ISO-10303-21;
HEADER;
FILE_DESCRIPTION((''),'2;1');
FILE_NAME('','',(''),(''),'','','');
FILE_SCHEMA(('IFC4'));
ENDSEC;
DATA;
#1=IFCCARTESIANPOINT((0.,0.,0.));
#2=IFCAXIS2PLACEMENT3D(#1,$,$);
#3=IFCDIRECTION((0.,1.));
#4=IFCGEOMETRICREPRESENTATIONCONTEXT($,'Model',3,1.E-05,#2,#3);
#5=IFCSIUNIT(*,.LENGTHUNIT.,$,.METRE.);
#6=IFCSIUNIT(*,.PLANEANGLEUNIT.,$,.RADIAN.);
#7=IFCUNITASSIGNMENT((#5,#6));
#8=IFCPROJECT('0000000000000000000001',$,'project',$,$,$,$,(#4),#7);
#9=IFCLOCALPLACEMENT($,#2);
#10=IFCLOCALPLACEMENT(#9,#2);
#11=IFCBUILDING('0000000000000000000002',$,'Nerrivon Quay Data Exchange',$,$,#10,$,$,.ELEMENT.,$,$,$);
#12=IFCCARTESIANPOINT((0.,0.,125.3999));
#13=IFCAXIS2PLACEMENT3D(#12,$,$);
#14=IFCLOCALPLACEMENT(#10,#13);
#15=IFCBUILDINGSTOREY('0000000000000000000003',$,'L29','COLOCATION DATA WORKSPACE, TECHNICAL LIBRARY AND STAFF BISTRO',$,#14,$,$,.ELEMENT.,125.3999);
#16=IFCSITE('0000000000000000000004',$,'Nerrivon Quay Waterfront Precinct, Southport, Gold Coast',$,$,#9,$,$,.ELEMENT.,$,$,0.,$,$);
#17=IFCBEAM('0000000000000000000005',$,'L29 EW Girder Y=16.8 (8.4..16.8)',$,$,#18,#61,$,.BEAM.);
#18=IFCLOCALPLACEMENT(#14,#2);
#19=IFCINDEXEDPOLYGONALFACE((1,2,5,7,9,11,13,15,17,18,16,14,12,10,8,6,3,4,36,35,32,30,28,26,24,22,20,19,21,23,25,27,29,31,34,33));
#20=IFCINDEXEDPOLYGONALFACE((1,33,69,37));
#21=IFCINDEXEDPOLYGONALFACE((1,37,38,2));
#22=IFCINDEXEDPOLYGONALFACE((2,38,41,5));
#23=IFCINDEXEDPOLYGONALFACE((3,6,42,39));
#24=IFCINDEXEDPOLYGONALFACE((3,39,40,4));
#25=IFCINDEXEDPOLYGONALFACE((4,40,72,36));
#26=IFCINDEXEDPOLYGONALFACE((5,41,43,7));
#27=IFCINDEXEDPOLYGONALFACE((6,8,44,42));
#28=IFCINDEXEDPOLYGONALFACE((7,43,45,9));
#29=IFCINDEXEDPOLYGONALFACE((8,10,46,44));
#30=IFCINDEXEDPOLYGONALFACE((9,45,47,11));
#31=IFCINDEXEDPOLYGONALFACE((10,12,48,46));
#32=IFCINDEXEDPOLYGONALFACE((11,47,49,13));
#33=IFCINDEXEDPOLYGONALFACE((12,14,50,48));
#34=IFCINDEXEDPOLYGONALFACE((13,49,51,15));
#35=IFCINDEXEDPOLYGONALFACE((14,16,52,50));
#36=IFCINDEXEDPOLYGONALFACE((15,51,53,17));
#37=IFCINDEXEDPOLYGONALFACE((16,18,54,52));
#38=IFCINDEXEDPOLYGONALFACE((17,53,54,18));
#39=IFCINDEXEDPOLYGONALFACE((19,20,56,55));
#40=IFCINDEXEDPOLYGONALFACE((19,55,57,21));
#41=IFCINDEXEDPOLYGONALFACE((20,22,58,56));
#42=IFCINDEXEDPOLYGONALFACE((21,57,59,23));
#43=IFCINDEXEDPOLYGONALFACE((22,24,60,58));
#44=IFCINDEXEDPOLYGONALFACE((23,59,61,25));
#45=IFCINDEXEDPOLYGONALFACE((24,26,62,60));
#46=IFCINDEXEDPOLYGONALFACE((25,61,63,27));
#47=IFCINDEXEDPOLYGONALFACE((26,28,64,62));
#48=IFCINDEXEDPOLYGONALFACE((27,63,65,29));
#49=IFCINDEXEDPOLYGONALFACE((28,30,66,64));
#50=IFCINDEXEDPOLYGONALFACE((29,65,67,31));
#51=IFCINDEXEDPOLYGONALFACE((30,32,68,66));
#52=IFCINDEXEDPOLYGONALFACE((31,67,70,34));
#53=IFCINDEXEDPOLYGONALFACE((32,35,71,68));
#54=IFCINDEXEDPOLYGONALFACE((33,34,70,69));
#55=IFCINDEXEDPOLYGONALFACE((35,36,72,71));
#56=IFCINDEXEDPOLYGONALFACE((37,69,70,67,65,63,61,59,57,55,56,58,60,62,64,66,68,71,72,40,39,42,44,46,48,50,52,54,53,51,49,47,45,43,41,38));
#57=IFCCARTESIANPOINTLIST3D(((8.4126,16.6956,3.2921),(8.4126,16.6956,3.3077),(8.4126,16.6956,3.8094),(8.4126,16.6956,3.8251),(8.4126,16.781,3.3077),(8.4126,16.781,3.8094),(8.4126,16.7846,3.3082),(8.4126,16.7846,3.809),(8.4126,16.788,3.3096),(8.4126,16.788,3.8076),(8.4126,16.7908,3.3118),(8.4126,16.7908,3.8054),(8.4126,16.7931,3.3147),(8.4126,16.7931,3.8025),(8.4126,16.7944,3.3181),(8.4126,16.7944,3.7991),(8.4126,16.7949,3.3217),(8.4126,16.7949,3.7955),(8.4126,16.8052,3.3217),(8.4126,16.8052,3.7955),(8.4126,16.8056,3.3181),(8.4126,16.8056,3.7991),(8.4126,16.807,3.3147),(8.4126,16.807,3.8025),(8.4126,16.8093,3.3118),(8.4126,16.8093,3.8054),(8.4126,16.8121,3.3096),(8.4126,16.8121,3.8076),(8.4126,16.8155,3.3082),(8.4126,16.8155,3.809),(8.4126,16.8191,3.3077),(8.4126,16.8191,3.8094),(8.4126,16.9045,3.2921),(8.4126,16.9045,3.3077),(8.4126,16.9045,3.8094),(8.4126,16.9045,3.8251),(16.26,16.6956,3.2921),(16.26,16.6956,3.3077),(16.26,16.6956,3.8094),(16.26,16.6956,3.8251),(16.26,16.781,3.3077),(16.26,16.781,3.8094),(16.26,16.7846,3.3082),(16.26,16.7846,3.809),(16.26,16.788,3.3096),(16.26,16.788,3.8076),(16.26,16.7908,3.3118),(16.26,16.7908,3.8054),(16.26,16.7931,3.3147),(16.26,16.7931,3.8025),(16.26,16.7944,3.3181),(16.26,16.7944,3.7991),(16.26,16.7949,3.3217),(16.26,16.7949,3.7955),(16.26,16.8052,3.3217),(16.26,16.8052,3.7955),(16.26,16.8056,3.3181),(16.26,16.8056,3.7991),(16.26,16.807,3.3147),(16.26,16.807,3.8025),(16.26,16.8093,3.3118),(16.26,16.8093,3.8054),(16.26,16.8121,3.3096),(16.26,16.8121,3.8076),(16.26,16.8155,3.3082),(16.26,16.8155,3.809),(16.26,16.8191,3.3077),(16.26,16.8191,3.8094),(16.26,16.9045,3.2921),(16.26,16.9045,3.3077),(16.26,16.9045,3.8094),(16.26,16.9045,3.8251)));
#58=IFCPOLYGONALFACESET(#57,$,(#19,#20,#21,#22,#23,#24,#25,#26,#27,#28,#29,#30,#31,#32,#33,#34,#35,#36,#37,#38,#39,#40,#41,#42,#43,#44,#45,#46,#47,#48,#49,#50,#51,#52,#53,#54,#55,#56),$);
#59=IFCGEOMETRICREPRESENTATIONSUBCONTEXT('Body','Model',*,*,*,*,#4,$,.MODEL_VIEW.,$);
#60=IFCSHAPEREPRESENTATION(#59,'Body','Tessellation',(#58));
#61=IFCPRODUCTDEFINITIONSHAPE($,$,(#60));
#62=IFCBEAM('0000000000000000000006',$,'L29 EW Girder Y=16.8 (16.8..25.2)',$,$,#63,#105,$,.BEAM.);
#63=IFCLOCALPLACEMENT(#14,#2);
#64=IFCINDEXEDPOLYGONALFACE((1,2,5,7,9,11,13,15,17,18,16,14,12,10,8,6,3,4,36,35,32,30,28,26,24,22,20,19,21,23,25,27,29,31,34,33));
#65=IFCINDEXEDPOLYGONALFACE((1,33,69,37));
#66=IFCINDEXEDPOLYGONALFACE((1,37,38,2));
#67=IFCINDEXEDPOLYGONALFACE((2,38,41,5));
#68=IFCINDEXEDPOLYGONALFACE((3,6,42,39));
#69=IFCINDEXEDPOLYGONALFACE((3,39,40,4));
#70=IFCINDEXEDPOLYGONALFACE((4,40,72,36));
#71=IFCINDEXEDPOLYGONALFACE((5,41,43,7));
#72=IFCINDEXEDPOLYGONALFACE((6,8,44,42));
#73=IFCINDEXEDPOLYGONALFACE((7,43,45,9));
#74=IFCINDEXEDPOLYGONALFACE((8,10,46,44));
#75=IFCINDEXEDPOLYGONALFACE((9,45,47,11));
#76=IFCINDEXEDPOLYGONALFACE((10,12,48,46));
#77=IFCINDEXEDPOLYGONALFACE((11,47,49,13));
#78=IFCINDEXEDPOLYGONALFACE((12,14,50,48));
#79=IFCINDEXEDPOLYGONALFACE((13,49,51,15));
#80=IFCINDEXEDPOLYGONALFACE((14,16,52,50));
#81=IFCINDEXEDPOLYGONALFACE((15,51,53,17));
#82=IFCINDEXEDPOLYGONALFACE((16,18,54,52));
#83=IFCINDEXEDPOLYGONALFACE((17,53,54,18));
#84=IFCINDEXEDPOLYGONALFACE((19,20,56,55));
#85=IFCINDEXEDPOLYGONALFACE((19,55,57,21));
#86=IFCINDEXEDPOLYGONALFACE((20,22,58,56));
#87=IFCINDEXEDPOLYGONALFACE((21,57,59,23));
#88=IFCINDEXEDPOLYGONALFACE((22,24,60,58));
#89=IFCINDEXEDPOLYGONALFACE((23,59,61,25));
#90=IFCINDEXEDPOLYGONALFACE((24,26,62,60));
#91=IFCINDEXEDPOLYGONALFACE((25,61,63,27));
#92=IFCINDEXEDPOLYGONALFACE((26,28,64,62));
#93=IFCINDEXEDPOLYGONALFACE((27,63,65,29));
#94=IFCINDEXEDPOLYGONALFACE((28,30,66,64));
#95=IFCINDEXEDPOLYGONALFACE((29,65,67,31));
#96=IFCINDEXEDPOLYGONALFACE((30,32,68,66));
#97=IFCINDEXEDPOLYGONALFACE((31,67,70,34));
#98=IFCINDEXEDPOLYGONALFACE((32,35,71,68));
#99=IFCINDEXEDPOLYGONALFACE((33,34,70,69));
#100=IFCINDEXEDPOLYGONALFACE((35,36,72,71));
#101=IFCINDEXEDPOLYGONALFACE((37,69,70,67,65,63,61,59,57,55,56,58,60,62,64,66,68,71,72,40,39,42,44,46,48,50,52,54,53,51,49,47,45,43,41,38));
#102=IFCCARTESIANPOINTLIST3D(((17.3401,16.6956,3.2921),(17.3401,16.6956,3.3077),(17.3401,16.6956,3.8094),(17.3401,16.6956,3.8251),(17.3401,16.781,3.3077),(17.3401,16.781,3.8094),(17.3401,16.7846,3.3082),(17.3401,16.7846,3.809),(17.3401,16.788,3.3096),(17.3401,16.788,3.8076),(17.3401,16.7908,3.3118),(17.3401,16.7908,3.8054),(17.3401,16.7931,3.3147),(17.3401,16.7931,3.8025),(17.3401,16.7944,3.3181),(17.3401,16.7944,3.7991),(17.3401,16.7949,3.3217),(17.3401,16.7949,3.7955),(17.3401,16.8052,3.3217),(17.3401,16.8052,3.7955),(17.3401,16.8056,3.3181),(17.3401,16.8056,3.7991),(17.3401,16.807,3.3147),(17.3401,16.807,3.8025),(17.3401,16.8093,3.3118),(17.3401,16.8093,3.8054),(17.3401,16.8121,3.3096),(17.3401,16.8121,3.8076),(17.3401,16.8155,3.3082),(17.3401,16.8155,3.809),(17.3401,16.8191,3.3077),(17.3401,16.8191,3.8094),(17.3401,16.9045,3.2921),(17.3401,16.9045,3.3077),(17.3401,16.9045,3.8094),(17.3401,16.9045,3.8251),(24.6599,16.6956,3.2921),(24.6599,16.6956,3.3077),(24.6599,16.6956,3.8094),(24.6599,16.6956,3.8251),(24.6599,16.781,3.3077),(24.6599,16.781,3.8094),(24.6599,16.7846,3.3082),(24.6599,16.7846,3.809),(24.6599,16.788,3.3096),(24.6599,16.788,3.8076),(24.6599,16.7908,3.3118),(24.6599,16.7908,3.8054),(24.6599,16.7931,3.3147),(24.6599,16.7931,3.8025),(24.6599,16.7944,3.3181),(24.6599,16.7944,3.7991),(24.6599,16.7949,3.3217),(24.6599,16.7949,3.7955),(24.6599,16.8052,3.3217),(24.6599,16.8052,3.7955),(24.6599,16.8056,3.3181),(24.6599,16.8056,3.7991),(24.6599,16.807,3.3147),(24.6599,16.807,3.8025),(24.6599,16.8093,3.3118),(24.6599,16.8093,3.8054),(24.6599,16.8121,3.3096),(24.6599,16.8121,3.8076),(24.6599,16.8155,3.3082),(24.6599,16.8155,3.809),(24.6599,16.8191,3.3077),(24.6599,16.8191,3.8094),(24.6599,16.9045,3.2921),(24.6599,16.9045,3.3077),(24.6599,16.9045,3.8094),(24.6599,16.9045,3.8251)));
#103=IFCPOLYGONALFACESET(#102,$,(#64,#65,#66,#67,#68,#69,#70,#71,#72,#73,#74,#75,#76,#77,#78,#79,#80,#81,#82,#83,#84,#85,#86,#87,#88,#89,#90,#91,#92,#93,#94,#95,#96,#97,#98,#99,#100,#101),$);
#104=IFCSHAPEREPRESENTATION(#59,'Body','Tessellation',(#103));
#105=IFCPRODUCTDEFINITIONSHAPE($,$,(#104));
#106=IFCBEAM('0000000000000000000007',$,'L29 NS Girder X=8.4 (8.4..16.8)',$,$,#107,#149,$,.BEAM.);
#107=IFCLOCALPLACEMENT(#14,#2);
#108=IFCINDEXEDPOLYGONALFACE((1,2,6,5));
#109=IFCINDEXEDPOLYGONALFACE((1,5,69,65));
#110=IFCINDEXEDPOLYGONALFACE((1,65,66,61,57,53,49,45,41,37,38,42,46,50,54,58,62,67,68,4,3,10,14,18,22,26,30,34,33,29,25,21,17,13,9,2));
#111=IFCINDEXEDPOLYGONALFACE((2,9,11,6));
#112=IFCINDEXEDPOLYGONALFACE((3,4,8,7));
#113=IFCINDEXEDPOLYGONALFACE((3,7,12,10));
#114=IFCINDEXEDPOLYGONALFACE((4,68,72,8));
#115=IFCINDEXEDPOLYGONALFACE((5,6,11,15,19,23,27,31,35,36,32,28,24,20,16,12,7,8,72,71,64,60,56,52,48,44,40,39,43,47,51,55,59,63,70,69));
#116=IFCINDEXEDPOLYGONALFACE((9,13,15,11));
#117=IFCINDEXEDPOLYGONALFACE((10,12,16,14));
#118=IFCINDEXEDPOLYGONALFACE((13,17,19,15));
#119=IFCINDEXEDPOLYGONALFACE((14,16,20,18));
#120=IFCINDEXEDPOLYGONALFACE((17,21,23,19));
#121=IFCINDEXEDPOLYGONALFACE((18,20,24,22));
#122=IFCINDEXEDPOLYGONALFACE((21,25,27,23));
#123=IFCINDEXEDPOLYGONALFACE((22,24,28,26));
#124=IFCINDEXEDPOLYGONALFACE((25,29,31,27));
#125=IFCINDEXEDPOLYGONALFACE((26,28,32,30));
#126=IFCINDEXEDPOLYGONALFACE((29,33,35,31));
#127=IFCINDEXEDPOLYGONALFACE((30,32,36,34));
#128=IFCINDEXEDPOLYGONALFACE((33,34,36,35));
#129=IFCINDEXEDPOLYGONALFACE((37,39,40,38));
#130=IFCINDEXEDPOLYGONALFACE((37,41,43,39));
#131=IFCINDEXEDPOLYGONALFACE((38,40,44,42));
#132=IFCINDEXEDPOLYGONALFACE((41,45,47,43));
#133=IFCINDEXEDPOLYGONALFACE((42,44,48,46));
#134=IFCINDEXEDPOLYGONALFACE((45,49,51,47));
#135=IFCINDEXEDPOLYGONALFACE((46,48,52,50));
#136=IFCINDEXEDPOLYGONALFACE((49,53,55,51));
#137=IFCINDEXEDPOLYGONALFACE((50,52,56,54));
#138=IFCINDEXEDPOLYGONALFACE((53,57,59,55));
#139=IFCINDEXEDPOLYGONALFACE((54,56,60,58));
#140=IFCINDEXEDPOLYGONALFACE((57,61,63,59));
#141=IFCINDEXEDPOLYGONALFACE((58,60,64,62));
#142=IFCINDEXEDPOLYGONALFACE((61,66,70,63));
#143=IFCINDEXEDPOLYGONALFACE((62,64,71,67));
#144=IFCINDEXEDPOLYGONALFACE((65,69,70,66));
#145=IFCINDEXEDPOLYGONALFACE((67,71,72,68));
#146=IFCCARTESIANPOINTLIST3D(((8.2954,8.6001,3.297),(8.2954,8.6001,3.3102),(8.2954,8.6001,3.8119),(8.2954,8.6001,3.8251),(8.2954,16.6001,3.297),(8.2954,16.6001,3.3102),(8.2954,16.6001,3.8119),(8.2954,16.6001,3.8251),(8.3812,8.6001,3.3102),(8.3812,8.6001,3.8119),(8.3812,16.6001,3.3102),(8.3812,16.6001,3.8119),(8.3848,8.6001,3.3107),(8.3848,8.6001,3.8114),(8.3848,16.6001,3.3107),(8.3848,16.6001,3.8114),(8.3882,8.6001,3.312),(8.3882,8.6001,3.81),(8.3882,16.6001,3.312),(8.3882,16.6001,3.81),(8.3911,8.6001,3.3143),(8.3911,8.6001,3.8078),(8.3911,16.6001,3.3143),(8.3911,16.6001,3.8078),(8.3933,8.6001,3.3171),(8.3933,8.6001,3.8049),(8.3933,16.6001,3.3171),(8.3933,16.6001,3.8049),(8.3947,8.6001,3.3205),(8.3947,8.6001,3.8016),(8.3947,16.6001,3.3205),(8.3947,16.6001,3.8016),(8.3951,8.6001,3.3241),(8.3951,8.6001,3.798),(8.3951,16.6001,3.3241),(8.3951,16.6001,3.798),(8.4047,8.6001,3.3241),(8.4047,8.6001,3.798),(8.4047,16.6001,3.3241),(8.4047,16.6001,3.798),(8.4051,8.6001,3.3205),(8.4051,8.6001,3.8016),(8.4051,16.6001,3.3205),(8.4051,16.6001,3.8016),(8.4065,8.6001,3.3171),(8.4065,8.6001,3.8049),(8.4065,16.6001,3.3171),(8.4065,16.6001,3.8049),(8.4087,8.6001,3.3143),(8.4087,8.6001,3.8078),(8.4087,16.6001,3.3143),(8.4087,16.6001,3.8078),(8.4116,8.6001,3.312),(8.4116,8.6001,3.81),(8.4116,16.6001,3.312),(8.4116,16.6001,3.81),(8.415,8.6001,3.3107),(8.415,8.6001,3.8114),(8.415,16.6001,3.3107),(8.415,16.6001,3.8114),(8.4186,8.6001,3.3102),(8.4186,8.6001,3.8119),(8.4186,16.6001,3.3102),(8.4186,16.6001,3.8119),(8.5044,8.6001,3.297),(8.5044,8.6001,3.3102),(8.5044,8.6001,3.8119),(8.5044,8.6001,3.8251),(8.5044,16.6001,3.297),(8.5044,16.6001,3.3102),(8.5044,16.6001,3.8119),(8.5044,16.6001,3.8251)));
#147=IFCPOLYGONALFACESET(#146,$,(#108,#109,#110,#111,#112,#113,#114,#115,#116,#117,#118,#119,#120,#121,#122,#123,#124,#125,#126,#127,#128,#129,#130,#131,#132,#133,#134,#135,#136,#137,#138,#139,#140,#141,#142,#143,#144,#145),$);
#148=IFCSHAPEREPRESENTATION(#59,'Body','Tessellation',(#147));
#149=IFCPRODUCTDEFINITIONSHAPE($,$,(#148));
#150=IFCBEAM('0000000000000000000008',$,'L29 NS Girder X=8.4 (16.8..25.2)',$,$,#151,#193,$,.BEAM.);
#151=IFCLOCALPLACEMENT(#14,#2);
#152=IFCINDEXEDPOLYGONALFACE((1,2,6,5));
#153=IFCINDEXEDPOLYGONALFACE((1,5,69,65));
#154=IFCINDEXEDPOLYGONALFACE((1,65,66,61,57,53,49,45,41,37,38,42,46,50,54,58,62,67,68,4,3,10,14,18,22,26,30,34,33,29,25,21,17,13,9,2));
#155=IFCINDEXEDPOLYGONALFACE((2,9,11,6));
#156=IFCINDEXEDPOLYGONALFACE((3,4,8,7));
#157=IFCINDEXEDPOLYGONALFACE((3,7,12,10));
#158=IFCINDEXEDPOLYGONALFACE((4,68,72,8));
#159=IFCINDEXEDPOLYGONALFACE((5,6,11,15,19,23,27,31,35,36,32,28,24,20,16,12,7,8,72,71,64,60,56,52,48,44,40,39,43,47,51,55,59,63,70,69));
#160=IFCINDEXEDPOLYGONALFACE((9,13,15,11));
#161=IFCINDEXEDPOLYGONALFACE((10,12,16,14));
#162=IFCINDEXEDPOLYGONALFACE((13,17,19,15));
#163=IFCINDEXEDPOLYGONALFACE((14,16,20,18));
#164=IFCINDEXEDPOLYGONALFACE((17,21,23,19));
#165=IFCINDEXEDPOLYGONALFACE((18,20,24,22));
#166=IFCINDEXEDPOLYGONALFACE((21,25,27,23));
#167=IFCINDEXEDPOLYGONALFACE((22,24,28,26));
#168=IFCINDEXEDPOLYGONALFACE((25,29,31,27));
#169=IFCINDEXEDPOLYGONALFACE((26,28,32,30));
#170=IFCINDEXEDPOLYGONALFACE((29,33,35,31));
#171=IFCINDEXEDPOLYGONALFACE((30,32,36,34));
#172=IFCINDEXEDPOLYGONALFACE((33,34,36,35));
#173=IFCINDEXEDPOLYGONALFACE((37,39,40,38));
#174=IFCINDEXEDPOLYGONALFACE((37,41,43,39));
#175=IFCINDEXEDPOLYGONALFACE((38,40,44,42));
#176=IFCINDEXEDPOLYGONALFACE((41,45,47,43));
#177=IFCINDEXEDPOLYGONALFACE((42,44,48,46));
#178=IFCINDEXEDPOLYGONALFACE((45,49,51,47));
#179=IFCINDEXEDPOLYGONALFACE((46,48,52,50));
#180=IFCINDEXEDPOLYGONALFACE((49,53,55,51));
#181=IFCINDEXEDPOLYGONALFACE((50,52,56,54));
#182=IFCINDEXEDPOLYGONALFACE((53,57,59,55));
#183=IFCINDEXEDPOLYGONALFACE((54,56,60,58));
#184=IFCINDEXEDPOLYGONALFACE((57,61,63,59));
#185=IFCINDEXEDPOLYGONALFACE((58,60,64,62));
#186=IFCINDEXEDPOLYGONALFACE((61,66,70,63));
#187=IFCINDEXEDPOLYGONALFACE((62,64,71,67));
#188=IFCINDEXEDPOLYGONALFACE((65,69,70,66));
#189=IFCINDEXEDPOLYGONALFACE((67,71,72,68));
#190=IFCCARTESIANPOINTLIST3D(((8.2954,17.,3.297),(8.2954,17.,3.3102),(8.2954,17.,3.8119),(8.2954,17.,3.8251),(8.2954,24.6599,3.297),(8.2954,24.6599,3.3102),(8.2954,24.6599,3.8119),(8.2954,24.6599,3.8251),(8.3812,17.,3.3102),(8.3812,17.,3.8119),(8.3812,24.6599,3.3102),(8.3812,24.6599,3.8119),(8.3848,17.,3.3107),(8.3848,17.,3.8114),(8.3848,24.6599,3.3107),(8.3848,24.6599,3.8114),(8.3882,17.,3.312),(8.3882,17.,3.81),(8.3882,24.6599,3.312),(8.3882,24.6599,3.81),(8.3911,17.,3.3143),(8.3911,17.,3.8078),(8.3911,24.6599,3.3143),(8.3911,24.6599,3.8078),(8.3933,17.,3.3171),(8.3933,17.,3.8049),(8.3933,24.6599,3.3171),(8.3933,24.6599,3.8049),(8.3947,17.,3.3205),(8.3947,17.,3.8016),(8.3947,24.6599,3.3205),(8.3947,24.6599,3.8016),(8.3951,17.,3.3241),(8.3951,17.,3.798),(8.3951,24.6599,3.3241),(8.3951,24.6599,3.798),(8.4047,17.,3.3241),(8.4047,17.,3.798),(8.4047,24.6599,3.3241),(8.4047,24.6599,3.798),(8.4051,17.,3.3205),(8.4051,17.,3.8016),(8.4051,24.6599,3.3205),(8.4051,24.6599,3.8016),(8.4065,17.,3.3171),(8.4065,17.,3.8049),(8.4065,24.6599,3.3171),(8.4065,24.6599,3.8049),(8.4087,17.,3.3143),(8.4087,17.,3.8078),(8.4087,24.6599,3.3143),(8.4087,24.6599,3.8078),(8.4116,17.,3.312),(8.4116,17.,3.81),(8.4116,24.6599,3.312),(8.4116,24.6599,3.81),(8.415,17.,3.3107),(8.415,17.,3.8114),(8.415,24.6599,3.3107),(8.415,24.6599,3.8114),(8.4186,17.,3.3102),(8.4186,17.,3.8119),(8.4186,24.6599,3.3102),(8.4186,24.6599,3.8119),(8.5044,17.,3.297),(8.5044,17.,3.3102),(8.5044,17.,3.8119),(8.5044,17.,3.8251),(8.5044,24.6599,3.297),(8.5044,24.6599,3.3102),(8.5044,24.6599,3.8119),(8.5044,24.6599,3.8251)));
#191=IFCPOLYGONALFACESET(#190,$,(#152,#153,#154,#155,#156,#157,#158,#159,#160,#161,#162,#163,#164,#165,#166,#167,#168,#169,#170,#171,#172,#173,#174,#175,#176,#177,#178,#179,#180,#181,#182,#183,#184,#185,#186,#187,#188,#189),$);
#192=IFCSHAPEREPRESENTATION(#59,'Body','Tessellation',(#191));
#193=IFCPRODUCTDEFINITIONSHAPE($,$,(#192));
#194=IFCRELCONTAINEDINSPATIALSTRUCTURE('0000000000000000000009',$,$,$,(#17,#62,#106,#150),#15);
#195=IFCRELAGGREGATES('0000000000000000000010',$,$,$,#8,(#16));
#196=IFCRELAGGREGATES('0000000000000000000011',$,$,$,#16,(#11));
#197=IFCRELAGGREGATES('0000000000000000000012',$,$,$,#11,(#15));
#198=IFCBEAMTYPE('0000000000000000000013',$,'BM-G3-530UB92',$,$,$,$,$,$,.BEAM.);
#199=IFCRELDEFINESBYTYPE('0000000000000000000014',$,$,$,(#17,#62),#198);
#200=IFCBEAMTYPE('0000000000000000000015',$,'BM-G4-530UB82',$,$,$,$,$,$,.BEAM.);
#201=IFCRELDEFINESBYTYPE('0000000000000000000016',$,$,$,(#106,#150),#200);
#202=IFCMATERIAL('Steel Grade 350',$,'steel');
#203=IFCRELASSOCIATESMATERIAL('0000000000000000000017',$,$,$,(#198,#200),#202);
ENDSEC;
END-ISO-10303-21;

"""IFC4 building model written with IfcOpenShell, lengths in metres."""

from ifc_helpers import new_model, si_unit, direction, frame, origin, origin_2d, place, context, subcontext, project, spatial, i_section, extrude, material, material_profile, profile_set, type_object, element, save


model = new_model("IFC4")

# Units and contexts
model_context = context("Model", 3, precision=1e-05, world=origin(), true_north=direction((0.0, 1.0)))
body_context = subcontext(model_context, "Body", "Model", "MODEL_VIEW")
ifc_project = project(units=[si_unit("LENGTHUNIT", "METRE"), si_unit("PLANEANGLEUNIT", "RADIAN")], contexts=[model_context])

# Site, building, storey
site_placement = place(None, origin())
site = spatial("IfcSite", under=ifc_project, at=site_placement, Name="Nerrivon Quay Waterfront Precinct, Southport, Gold Coast", CompositionType="ELEMENT", RefElevation=0.0)
building_placement = place(site_placement, origin())
building = spatial("IfcBuilding", under=site, at=building_placement, Name="Nerrivon Quay Data Exchange", CompositionType="ELEMENT")
storey_placement = place(building_placement, frame((0.0, 0.0, 125.3999)))
storey = spatial("IfcBuildingStorey", under=building, at=storey_placement, Name="L29", Description="COLOCATION DATA WORKSPACE, TECHNICAL LIBRARY AND STAFF BISTRO", CompositionType="ELEMENT", Elevation=125.3999)

# Shared definitions
ifc_material_1 = material(Name="Steel Grade 350", Category="steel")

# Beams
ifc_material_profile_1 = material_profile(ifc_material_1, i_section(OverallWidth=0.209, OverallDepth=0.533, WebThickness=0.0103, FlangeThickness=0.0156, FilletRadius=0.0139, at=origin_2d()), Name="530UB92.4")
ifc_profile_set_1 = profile_set([ifc_material_profile_1], Name="Steel Grade 350")
beam_type_1 = type_object("IfcBeamType", Name="BM-G3-530UB92", PredefinedType="BEAM", material=ifc_profile_set_1)
beam_1_placement = place(storey_placement, frame((8.4126, 16.8, 3.5586), z_axis=(1.0, 0.0, 0.0), x_axis=(0.0, 1.0, 0.0)))
element("IfcBeam", 1, at=beam_1_placement, inside=storey, type_object=beam_type_1, Name="L29 EW Girder Y=16.8 (8.4..16.8)", PredefinedType="BEAM", context=body_context, shape_type="SweptSolid", body=[
    extrude(i_section(OverallWidth=0.209, OverallDepth=0.533, WebThickness=0.0103, FlangeThickness=0.0156, FilletRadius=0.0139, at=origin_2d()), origin(), (0.0, 0.0, 1.0), 7.8474),
])
beam_2_placement = place(storey_placement, frame((17.3401, 16.8, 3.5586), z_axis=(1.0, 0.0, 0.0), x_axis=(0.0, 1.0, 0.0)))
element("IfcBeam", 2, at=beam_2_placement, inside=storey, type_object=beam_type_1, Name="L29 EW Girder Y=16.8 (16.8..25.2)", PredefinedType="BEAM", context=body_context, shape_type="SweptSolid", body=[
    extrude(i_section(OverallWidth=0.209, OverallDepth=0.533, WebThickness=0.0103, FlangeThickness=0.0156, FilletRadius=0.0139, at=origin_2d()), origin(), (0.0, 0.0, 1.0), 7.3198),
])
ifc_material_profile_2 = material_profile(ifc_material_1, i_section(OverallWidth=0.209, OverallDepth=0.5281, WebThickness=0.0095, FlangeThickness=0.0132, FilletRadius=0.0139, at=origin_2d()), Name="530UB82.0")
ifc_profile_set_2 = profile_set([ifc_material_profile_2], Name="Steel Grade 350")
beam_type_2 = type_object("IfcBeamType", Name="BM-G4-530UB82", PredefinedType="BEAM", material=ifc_profile_set_2)
beam_3_placement = place(storey_placement, frame((8.3999, 8.6001, 3.561), z_axis=(0.0, 1.0, 0.0), x_axis=(-1.0, 0.0, 0.0)))
element("IfcBeam", 3, at=beam_3_placement, inside=storey, type_object=beam_type_2, Name="L29 NS Girder X=8.4 (8.4..16.8)", PredefinedType="BEAM", context=body_context, shape_type="SweptSolid", body=[
    extrude(i_section(OverallWidth=0.209, OverallDepth=0.5281, WebThickness=0.0095, FlangeThickness=0.0132, FilletRadius=0.0139, at=origin_2d()), origin(), (0.0, 0.0, 1.0), 8.0),
])
beam_4_placement = place(storey_placement, frame((8.3999, 17.0, 3.561), z_axis=(0.0, 1.0, 0.0), x_axis=(-1.0, 0.0, 0.0)))
element("IfcBeam", 4, at=beam_4_placement, inside=storey, type_object=beam_type_2, Name="L29 NS Girder X=8.4 (16.8..25.2)", PredefinedType="BEAM", context=body_context, shape_type="SweptSolid", body=[
    extrude(i_section(OverallWidth=0.209, OverallDepth=0.5281, WebThickness=0.0095, FlangeThickness=0.0132, FilletRadius=0.0139, at=origin_2d()), origin(), (0.0, 0.0, 1.0), 7.6599),
])

save(model, "model.ifc")
